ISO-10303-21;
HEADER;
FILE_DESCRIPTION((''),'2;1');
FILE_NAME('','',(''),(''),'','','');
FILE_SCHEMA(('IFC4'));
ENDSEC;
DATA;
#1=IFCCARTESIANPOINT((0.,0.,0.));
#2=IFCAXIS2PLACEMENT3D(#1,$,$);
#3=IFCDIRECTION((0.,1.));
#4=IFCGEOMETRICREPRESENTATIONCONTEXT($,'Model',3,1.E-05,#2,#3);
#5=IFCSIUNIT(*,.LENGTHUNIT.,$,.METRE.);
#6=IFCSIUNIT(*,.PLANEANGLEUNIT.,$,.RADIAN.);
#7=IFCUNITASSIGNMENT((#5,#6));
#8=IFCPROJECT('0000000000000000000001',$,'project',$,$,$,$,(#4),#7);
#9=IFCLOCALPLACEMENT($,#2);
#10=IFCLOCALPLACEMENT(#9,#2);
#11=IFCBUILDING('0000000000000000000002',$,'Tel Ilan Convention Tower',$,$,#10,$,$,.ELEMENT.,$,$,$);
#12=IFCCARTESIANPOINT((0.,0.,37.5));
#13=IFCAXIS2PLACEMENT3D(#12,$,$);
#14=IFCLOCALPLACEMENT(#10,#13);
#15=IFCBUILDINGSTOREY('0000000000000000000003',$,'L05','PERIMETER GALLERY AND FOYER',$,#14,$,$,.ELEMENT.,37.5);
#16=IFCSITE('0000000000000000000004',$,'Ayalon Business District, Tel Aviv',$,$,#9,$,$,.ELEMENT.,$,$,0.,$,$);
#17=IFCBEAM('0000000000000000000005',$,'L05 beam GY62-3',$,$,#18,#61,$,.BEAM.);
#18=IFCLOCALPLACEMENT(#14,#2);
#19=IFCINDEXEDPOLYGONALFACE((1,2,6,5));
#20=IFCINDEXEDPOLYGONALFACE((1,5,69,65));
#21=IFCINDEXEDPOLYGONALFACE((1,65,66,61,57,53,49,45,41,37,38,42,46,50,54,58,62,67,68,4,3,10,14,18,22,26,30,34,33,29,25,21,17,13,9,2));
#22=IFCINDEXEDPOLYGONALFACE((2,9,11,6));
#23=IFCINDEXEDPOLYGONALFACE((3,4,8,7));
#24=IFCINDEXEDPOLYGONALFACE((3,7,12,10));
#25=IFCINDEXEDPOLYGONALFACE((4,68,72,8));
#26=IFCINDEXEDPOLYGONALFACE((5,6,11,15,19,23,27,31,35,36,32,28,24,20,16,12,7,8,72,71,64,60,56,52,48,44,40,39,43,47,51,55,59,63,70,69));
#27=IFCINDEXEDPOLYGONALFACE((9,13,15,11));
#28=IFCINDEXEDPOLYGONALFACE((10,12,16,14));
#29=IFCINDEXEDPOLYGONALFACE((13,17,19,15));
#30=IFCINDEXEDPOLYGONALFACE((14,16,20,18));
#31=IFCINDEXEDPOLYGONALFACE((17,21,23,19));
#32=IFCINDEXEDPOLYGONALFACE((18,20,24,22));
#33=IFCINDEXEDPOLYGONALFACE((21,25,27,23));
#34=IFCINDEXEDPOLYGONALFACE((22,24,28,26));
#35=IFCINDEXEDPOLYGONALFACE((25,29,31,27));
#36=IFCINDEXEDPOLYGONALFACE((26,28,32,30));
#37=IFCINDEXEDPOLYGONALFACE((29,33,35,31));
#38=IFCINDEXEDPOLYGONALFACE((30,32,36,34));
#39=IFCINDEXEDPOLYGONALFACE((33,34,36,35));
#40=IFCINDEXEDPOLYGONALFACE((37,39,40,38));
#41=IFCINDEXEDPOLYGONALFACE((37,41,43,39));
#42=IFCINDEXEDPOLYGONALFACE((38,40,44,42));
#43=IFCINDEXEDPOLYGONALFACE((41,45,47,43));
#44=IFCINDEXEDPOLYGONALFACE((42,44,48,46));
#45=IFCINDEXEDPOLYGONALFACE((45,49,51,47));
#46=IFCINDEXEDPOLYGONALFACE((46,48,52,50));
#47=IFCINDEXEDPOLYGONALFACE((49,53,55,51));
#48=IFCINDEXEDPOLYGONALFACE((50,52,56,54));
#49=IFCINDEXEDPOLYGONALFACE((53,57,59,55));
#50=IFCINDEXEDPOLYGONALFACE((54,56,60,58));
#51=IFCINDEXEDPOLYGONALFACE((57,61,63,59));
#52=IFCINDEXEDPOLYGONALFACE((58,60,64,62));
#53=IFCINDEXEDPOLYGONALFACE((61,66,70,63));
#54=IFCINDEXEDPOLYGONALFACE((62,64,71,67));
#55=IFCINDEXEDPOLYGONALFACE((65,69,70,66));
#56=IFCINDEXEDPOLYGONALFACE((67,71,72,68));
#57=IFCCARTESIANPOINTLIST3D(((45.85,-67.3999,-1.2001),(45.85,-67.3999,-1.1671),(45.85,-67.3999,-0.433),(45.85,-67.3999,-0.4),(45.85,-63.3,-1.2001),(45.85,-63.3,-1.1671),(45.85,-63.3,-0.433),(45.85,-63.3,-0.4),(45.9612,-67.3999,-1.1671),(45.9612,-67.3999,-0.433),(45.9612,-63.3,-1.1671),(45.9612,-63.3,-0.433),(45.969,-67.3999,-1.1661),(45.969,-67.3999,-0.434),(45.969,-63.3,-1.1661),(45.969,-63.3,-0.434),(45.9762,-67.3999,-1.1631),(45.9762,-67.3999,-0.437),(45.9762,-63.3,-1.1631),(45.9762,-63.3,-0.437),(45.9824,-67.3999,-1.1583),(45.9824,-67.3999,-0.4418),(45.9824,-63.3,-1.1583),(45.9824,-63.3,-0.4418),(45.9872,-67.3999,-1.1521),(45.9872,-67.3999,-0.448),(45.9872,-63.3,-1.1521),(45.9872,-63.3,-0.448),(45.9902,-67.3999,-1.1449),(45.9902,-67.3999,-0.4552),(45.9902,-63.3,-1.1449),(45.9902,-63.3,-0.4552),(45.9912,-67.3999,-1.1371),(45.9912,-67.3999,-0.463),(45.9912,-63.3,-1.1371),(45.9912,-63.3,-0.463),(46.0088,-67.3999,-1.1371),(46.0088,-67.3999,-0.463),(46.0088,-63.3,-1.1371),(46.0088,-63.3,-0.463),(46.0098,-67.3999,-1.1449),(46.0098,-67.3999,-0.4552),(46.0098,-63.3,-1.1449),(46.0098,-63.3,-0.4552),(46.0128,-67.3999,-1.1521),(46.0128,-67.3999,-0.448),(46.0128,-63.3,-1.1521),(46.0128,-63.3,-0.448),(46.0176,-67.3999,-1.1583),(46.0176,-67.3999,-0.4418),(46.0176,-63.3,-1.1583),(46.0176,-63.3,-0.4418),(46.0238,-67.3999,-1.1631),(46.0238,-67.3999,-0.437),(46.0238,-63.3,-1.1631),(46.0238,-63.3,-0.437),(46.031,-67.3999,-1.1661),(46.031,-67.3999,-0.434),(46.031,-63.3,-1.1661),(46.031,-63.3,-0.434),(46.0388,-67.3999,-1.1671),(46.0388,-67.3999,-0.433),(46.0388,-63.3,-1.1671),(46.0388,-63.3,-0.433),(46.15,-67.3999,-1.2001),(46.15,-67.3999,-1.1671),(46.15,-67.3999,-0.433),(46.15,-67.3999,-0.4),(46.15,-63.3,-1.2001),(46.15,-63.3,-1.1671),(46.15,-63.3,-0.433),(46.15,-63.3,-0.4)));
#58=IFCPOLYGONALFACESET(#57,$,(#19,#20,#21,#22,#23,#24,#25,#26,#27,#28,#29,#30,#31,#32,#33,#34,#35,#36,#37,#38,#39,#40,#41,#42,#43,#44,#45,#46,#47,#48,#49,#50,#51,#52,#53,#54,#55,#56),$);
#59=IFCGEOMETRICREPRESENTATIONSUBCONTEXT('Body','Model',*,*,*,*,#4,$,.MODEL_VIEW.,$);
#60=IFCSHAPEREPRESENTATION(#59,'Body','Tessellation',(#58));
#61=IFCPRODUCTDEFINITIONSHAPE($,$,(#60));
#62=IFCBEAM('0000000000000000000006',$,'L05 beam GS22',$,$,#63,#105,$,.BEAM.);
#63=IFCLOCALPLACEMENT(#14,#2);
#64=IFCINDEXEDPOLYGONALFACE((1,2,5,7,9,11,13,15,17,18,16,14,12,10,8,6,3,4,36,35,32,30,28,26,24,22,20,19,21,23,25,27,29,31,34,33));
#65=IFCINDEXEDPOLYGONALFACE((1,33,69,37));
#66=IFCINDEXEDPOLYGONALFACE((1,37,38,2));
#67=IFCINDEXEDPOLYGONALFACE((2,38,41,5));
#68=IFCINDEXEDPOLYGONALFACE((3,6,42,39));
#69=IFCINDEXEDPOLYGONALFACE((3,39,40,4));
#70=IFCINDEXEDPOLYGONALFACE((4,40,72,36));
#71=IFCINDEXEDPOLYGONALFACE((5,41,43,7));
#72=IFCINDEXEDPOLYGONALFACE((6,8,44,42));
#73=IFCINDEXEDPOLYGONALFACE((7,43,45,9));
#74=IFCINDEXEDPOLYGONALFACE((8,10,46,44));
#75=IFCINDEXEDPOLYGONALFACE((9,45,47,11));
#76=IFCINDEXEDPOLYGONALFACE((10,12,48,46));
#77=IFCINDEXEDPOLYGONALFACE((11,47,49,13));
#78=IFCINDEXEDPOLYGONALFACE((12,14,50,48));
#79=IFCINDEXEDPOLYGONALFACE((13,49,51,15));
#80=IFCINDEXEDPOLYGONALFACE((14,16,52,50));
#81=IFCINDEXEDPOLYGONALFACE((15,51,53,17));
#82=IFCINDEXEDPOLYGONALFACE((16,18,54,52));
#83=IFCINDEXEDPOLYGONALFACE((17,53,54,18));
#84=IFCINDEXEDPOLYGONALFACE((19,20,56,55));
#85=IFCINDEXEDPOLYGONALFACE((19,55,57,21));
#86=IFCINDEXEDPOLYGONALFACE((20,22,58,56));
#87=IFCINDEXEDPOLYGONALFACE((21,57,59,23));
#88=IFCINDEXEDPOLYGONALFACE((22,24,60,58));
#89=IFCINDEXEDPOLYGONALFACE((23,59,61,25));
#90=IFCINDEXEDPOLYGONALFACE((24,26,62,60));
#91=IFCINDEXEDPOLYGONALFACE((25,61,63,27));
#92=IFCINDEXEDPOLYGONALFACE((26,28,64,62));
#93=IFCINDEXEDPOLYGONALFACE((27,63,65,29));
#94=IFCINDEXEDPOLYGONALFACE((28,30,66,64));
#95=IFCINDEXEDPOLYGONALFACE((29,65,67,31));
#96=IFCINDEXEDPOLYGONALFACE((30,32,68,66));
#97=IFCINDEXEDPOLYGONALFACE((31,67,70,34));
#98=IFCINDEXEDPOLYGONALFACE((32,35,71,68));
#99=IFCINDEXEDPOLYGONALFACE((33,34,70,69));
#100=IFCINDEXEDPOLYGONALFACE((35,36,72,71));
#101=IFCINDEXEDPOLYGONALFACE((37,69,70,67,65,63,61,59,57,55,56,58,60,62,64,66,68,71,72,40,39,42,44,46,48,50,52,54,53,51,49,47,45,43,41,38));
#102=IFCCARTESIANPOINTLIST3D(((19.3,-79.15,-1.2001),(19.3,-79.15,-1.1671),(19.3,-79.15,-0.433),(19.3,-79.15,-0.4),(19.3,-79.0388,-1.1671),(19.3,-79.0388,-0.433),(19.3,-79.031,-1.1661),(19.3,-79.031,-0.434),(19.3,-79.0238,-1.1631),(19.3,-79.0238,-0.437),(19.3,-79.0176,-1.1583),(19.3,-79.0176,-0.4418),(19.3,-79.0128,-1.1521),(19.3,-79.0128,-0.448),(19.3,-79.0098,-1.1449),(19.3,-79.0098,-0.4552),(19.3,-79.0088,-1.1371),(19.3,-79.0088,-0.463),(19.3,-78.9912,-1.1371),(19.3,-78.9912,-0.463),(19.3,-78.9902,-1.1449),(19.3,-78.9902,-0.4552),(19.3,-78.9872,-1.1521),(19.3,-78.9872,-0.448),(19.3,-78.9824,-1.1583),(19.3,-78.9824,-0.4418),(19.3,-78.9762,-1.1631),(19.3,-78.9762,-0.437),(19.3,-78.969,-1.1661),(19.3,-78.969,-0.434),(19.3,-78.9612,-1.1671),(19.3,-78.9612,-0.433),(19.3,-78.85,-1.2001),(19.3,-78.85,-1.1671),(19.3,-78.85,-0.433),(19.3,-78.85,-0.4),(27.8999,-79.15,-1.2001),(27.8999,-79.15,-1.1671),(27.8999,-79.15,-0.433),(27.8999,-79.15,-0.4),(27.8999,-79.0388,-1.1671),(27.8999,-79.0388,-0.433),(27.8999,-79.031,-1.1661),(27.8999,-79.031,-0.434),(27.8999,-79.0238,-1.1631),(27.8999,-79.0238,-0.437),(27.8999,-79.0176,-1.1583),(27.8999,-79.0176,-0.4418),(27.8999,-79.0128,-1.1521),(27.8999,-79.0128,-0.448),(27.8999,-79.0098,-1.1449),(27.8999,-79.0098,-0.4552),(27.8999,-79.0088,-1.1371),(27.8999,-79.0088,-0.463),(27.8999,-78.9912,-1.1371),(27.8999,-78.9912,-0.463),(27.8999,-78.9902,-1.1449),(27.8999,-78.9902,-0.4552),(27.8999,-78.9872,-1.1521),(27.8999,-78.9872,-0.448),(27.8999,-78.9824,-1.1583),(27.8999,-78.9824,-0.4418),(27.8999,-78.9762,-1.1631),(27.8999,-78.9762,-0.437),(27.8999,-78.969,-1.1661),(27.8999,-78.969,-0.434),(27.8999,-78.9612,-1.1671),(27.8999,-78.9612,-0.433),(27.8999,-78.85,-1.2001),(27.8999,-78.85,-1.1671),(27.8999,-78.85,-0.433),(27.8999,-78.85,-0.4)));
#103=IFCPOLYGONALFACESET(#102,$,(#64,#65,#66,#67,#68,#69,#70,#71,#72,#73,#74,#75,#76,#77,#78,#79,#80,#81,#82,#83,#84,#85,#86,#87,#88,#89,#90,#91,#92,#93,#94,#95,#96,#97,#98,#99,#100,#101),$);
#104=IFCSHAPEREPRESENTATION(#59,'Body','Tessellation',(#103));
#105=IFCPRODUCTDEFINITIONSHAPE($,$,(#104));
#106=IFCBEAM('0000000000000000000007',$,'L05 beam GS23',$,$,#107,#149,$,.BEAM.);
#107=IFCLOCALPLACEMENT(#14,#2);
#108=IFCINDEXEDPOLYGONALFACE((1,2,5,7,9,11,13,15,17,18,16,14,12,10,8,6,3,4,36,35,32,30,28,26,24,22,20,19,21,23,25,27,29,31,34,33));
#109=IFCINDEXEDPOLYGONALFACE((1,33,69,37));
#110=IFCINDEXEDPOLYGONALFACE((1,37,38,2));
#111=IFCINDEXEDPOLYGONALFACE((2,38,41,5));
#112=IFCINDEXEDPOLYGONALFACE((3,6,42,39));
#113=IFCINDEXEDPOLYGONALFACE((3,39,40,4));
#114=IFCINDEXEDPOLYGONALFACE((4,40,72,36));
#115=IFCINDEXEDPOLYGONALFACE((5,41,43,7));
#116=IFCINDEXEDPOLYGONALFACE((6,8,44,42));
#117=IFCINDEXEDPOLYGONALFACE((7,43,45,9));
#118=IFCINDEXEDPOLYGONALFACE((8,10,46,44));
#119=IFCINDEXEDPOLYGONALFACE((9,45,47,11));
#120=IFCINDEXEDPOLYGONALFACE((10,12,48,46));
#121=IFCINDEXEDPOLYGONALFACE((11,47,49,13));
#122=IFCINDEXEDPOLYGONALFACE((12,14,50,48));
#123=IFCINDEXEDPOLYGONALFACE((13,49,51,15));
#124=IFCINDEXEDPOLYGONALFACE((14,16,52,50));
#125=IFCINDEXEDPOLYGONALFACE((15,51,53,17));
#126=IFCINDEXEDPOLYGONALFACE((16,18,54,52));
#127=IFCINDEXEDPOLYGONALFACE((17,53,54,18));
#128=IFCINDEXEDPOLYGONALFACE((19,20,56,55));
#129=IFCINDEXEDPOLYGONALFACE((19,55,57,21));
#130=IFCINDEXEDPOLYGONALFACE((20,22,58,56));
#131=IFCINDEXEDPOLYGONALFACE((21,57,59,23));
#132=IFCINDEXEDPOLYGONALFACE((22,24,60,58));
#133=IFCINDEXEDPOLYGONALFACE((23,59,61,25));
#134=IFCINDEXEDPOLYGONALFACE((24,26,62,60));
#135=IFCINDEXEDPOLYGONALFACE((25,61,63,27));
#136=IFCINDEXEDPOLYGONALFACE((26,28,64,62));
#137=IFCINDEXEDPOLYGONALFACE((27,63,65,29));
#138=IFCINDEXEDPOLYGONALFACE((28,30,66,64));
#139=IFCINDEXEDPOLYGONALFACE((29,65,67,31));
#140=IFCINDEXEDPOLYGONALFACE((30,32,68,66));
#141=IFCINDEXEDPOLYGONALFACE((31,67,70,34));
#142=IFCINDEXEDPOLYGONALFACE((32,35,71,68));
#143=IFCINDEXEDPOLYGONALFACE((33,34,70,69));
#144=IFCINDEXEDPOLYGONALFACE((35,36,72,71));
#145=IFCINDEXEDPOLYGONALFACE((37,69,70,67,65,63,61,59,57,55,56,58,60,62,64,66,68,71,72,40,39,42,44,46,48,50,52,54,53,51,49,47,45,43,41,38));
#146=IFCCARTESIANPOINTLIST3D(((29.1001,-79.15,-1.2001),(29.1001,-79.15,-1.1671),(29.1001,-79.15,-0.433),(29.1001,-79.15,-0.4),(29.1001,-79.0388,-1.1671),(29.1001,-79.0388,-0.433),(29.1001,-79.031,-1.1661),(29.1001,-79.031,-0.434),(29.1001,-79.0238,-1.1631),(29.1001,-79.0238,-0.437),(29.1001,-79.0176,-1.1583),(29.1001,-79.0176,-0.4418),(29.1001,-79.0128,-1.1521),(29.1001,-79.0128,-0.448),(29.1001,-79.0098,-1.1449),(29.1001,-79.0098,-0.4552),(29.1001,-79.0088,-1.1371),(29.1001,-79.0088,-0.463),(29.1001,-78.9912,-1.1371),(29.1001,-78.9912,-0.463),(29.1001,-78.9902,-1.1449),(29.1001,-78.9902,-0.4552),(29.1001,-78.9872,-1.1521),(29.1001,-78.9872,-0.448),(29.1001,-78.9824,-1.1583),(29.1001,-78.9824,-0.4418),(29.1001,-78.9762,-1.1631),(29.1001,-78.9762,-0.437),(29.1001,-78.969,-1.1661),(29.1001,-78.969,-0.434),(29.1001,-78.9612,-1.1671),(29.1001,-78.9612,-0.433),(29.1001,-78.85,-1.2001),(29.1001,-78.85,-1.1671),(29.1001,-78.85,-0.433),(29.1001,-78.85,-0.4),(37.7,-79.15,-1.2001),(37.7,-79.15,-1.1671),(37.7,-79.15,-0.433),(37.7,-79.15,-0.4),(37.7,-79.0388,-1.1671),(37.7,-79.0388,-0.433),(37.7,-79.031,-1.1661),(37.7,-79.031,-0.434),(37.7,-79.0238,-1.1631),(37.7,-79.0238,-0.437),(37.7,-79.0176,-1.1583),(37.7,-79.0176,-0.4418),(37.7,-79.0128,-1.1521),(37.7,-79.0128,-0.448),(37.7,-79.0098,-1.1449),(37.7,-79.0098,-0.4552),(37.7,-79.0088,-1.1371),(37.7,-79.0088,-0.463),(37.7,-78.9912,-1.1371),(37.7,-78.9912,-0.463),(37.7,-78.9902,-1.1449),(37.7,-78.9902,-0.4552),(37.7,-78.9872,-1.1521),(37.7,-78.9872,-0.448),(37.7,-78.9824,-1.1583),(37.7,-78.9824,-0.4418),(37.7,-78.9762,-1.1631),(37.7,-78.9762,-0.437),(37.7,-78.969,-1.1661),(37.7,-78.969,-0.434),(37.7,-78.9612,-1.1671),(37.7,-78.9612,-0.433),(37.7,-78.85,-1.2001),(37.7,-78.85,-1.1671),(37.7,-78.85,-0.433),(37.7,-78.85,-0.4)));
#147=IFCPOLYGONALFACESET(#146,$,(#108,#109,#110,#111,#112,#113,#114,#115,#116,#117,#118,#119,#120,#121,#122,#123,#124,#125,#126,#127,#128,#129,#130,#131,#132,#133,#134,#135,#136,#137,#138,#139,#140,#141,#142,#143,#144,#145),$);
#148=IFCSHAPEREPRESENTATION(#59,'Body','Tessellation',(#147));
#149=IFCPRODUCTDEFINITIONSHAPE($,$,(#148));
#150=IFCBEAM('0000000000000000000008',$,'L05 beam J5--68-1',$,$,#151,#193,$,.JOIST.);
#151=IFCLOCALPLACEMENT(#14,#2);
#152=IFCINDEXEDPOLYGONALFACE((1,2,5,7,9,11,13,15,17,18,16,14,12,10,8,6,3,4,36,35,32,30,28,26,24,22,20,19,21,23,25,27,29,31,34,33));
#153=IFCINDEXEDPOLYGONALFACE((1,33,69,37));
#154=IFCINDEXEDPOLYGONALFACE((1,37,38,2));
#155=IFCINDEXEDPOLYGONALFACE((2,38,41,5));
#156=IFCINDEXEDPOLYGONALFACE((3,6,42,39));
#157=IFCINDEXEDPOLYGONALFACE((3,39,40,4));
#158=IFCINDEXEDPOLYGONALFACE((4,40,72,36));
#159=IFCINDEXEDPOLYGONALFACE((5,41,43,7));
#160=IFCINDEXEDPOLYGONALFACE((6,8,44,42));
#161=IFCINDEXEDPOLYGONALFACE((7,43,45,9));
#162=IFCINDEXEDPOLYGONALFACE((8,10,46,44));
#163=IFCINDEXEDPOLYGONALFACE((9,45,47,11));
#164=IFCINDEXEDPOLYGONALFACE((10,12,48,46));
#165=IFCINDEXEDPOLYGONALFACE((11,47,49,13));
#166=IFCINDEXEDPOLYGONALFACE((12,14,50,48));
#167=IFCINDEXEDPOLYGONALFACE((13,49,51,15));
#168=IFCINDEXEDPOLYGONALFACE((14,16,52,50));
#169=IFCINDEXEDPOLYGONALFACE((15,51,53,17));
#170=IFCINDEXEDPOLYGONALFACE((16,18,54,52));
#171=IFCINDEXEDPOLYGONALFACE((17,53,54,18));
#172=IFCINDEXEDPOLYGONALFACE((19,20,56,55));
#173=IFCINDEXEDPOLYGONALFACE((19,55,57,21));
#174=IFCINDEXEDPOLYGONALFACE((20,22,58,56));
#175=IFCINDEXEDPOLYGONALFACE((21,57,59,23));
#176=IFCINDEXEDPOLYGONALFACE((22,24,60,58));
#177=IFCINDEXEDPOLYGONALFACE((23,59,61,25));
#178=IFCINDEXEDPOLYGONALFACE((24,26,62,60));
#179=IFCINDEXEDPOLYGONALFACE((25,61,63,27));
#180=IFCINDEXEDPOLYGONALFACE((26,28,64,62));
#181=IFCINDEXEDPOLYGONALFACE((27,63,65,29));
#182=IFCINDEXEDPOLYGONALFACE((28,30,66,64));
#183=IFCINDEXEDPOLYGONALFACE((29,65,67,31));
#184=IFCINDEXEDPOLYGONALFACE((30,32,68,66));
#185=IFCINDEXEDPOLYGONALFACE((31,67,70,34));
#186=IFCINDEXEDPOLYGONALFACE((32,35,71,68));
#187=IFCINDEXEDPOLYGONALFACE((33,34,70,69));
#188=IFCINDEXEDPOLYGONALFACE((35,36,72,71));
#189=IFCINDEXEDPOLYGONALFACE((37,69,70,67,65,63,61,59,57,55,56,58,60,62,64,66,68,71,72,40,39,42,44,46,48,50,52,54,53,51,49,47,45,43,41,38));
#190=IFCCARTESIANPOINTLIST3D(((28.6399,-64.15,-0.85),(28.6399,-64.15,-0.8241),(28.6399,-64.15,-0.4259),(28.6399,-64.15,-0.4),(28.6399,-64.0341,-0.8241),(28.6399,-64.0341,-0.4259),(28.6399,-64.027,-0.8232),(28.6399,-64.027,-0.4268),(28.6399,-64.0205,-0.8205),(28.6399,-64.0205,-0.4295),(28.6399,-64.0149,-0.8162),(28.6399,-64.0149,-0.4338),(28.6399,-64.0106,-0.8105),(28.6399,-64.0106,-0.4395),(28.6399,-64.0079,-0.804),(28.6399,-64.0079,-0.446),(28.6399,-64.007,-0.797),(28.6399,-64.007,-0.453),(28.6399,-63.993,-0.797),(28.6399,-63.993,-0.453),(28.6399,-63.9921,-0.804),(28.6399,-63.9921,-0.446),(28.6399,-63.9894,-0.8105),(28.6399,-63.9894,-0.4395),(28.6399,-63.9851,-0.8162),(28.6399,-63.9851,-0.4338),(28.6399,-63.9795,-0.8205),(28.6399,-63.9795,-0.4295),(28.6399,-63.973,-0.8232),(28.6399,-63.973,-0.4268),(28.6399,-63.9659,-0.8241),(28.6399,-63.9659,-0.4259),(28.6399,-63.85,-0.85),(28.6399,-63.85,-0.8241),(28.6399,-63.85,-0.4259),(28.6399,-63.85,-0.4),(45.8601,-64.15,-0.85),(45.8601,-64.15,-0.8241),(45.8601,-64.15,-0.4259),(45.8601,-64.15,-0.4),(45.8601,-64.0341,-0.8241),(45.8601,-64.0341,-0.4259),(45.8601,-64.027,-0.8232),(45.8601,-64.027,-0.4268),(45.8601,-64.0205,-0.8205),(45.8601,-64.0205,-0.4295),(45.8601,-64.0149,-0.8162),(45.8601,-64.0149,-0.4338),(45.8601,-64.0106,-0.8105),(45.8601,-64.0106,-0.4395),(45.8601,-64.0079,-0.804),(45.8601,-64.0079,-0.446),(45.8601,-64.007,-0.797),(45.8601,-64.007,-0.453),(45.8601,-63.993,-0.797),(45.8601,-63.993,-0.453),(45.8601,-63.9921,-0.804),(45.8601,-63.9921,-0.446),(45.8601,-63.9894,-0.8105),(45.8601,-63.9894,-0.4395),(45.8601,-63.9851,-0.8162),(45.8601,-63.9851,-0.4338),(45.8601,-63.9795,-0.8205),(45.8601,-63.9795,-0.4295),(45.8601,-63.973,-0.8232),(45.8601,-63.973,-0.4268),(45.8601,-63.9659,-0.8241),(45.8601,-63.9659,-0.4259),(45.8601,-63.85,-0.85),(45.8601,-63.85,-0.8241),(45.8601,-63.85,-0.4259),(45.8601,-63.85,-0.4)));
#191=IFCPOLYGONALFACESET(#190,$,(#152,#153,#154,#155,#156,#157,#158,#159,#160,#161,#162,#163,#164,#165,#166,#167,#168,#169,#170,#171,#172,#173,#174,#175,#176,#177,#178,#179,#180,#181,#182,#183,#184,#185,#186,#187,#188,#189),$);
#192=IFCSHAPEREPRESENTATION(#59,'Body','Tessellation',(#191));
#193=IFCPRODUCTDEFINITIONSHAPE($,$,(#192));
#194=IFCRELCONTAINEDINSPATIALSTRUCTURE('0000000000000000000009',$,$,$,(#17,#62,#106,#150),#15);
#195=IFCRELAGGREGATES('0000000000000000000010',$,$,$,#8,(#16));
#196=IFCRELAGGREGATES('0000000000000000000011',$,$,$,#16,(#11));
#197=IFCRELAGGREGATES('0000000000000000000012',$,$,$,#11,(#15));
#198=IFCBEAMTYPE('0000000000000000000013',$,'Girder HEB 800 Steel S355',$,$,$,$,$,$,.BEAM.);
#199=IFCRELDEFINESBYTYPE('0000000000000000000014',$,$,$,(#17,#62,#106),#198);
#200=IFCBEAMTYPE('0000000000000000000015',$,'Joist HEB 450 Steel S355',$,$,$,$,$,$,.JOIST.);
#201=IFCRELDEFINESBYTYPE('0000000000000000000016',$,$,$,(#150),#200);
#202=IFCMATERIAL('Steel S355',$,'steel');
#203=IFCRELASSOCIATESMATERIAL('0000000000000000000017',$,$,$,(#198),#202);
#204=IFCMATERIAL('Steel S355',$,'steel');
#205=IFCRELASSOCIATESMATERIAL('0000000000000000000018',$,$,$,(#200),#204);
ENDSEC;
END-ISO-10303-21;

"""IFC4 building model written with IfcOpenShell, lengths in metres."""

from ifc_helpers import new_model, si_unit, direction, frame, origin, origin_2d, place, context, subcontext, project, spatial, i_section, extrude, material, material_profile, profile_set, type_object, element, save


model = new_model("IFC4")

# Units and contexts
model_context = context("Model", 3, precision=1e-05, world=origin(), true_north=direction((0.0, 1.0)))
body_context = subcontext(model_context, "Body", "Model", "MODEL_VIEW")
ifc_project = project(units=[si_unit("LENGTHUNIT", "METRE"), si_unit("PLANEANGLEUNIT", "RADIAN")], contexts=[model_context])

# Site, building, storey
site_placement = place(None, origin())
site = spatial("IfcSite", under=ifc_project, at=site_placement, Name="Ayalon Business District, Tel Aviv", CompositionType="ELEMENT", RefElevation=0.0)
building_placement = place(site_placement, origin())
building = spatial("IfcBuilding", under=site, at=building_placement, Name="Tel Ilan Convention Tower", CompositionType="ELEMENT")
storey_placement = place(building_placement, frame((0.0, 0.0, 37.5)))
storey = spatial("IfcBuildingStorey", under=building, at=storey_placement, Name="L05", Description="PERIMETER GALLERY AND FOYER", CompositionType="ELEMENT", Elevation=37.5)

# Beams
ifc_material_1 = material(Name="Steel S355", Category="steel")
ifc_material_profile_1 = material_profile(ifc_material_1, i_section(OverallWidth=0.3, OverallDepth=0.8, WebThickness=0.0176, FlangeThickness=0.033, FilletRadius=0.03, at=origin_2d()), Name="HEB 800")
ifc_profile_set_1 = profile_set([ifc_material_profile_1], Name="Steel S355")
beam_type_1 = type_object("IfcBeamType", Name="Girder HEB 800 Steel S355", PredefinedType="BEAM", material=ifc_profile_set_1)
beam_1_placement = place(storey_placement, frame((46.0, -67.3999, -0.8), z_axis=(0.0, 1.0, 0.0), x_axis=(-1.0, 0.0, 0.0)))
element("IfcBeam", 1, at=beam_1_placement, inside=storey, type_object=beam_type_1, Name="L05 beam GY62-3", PredefinedType="BEAM", context=body_context, shape_type="SweptSolid", body=[
    extrude(i_section(OverallWidth=0.3, OverallDepth=0.8, WebThickness=0.0176, FlangeThickness=0.033, FilletRadius=0.03, at=origin_2d()), origin(), (0.0, 0.0, 1.0), 4.0999),
])
for number, where, z_axis, x_axis, name in (
    (2, (19.3, -79.0, -0.8), (1.0, 0.0, 0.0), (0.0, 1.0, 0.0), "L05 beam GS22"),
    (3, (29.1001, -79.0, -0.8), (1.0, 0.0, 0.0), (0.0, 1.0, 0.0), "L05 beam GS23"),
):
    element("IfcBeam", number, at=place(storey_placement, frame(where, z_axis=z_axis, x_axis=x_axis)), inside=storey, type_object=beam_type_1, Name=name, PredefinedType="BEAM", context=body_context, shape_type="SweptSolid", body=[
        extrude(i_section(OverallWidth=0.3, OverallDepth=0.8, WebThickness=0.0176, FlangeThickness=0.033, FilletRadius=0.03, at=origin_2d()), origin(), (0.0, 0.0, 1.0), 8.5999),
    ])
ifc_material_2 = material(Name="Steel S355", Category="steel")
ifc_material_profile_2 = material_profile(ifc_material_2, i_section(OverallWidth=0.3, OverallDepth=0.45, WebThickness=0.0139, FlangeThickness=0.0259, FilletRadius=0.0271, at=origin_2d()), Name="HEB 450")
ifc_profile_set_2 = profile_set([ifc_material_profile_2], Name="Steel S355")
beam_type_2 = type_object("IfcBeamType", Name="Joist HEB 450 Steel S355", PredefinedType="JOIST", material=ifc_profile_set_2)
beam_2_placement = place(storey_placement, frame((28.6399, -64.0, -0.625), z_axis=(1.0, 0.0, 0.0), x_axis=(0.0, 1.0, 0.0)))
element("IfcBeam", 4, at=beam_2_placement, inside=storey, type_object=beam_type_2, Name="L05 beam J5--68-1", PredefinedType="JOIST", context=body_context, shape_type="SweptSolid", body=[
    extrude(i_section(OverallWidth=0.3, OverallDepth=0.45, WebThickness=0.0139, FlangeThickness=0.0259, FilletRadius=0.0271, at=origin_2d()), origin(), (0.0, 0.0, 1.0), 17.2202),
])

save(model, "model.ifc")
